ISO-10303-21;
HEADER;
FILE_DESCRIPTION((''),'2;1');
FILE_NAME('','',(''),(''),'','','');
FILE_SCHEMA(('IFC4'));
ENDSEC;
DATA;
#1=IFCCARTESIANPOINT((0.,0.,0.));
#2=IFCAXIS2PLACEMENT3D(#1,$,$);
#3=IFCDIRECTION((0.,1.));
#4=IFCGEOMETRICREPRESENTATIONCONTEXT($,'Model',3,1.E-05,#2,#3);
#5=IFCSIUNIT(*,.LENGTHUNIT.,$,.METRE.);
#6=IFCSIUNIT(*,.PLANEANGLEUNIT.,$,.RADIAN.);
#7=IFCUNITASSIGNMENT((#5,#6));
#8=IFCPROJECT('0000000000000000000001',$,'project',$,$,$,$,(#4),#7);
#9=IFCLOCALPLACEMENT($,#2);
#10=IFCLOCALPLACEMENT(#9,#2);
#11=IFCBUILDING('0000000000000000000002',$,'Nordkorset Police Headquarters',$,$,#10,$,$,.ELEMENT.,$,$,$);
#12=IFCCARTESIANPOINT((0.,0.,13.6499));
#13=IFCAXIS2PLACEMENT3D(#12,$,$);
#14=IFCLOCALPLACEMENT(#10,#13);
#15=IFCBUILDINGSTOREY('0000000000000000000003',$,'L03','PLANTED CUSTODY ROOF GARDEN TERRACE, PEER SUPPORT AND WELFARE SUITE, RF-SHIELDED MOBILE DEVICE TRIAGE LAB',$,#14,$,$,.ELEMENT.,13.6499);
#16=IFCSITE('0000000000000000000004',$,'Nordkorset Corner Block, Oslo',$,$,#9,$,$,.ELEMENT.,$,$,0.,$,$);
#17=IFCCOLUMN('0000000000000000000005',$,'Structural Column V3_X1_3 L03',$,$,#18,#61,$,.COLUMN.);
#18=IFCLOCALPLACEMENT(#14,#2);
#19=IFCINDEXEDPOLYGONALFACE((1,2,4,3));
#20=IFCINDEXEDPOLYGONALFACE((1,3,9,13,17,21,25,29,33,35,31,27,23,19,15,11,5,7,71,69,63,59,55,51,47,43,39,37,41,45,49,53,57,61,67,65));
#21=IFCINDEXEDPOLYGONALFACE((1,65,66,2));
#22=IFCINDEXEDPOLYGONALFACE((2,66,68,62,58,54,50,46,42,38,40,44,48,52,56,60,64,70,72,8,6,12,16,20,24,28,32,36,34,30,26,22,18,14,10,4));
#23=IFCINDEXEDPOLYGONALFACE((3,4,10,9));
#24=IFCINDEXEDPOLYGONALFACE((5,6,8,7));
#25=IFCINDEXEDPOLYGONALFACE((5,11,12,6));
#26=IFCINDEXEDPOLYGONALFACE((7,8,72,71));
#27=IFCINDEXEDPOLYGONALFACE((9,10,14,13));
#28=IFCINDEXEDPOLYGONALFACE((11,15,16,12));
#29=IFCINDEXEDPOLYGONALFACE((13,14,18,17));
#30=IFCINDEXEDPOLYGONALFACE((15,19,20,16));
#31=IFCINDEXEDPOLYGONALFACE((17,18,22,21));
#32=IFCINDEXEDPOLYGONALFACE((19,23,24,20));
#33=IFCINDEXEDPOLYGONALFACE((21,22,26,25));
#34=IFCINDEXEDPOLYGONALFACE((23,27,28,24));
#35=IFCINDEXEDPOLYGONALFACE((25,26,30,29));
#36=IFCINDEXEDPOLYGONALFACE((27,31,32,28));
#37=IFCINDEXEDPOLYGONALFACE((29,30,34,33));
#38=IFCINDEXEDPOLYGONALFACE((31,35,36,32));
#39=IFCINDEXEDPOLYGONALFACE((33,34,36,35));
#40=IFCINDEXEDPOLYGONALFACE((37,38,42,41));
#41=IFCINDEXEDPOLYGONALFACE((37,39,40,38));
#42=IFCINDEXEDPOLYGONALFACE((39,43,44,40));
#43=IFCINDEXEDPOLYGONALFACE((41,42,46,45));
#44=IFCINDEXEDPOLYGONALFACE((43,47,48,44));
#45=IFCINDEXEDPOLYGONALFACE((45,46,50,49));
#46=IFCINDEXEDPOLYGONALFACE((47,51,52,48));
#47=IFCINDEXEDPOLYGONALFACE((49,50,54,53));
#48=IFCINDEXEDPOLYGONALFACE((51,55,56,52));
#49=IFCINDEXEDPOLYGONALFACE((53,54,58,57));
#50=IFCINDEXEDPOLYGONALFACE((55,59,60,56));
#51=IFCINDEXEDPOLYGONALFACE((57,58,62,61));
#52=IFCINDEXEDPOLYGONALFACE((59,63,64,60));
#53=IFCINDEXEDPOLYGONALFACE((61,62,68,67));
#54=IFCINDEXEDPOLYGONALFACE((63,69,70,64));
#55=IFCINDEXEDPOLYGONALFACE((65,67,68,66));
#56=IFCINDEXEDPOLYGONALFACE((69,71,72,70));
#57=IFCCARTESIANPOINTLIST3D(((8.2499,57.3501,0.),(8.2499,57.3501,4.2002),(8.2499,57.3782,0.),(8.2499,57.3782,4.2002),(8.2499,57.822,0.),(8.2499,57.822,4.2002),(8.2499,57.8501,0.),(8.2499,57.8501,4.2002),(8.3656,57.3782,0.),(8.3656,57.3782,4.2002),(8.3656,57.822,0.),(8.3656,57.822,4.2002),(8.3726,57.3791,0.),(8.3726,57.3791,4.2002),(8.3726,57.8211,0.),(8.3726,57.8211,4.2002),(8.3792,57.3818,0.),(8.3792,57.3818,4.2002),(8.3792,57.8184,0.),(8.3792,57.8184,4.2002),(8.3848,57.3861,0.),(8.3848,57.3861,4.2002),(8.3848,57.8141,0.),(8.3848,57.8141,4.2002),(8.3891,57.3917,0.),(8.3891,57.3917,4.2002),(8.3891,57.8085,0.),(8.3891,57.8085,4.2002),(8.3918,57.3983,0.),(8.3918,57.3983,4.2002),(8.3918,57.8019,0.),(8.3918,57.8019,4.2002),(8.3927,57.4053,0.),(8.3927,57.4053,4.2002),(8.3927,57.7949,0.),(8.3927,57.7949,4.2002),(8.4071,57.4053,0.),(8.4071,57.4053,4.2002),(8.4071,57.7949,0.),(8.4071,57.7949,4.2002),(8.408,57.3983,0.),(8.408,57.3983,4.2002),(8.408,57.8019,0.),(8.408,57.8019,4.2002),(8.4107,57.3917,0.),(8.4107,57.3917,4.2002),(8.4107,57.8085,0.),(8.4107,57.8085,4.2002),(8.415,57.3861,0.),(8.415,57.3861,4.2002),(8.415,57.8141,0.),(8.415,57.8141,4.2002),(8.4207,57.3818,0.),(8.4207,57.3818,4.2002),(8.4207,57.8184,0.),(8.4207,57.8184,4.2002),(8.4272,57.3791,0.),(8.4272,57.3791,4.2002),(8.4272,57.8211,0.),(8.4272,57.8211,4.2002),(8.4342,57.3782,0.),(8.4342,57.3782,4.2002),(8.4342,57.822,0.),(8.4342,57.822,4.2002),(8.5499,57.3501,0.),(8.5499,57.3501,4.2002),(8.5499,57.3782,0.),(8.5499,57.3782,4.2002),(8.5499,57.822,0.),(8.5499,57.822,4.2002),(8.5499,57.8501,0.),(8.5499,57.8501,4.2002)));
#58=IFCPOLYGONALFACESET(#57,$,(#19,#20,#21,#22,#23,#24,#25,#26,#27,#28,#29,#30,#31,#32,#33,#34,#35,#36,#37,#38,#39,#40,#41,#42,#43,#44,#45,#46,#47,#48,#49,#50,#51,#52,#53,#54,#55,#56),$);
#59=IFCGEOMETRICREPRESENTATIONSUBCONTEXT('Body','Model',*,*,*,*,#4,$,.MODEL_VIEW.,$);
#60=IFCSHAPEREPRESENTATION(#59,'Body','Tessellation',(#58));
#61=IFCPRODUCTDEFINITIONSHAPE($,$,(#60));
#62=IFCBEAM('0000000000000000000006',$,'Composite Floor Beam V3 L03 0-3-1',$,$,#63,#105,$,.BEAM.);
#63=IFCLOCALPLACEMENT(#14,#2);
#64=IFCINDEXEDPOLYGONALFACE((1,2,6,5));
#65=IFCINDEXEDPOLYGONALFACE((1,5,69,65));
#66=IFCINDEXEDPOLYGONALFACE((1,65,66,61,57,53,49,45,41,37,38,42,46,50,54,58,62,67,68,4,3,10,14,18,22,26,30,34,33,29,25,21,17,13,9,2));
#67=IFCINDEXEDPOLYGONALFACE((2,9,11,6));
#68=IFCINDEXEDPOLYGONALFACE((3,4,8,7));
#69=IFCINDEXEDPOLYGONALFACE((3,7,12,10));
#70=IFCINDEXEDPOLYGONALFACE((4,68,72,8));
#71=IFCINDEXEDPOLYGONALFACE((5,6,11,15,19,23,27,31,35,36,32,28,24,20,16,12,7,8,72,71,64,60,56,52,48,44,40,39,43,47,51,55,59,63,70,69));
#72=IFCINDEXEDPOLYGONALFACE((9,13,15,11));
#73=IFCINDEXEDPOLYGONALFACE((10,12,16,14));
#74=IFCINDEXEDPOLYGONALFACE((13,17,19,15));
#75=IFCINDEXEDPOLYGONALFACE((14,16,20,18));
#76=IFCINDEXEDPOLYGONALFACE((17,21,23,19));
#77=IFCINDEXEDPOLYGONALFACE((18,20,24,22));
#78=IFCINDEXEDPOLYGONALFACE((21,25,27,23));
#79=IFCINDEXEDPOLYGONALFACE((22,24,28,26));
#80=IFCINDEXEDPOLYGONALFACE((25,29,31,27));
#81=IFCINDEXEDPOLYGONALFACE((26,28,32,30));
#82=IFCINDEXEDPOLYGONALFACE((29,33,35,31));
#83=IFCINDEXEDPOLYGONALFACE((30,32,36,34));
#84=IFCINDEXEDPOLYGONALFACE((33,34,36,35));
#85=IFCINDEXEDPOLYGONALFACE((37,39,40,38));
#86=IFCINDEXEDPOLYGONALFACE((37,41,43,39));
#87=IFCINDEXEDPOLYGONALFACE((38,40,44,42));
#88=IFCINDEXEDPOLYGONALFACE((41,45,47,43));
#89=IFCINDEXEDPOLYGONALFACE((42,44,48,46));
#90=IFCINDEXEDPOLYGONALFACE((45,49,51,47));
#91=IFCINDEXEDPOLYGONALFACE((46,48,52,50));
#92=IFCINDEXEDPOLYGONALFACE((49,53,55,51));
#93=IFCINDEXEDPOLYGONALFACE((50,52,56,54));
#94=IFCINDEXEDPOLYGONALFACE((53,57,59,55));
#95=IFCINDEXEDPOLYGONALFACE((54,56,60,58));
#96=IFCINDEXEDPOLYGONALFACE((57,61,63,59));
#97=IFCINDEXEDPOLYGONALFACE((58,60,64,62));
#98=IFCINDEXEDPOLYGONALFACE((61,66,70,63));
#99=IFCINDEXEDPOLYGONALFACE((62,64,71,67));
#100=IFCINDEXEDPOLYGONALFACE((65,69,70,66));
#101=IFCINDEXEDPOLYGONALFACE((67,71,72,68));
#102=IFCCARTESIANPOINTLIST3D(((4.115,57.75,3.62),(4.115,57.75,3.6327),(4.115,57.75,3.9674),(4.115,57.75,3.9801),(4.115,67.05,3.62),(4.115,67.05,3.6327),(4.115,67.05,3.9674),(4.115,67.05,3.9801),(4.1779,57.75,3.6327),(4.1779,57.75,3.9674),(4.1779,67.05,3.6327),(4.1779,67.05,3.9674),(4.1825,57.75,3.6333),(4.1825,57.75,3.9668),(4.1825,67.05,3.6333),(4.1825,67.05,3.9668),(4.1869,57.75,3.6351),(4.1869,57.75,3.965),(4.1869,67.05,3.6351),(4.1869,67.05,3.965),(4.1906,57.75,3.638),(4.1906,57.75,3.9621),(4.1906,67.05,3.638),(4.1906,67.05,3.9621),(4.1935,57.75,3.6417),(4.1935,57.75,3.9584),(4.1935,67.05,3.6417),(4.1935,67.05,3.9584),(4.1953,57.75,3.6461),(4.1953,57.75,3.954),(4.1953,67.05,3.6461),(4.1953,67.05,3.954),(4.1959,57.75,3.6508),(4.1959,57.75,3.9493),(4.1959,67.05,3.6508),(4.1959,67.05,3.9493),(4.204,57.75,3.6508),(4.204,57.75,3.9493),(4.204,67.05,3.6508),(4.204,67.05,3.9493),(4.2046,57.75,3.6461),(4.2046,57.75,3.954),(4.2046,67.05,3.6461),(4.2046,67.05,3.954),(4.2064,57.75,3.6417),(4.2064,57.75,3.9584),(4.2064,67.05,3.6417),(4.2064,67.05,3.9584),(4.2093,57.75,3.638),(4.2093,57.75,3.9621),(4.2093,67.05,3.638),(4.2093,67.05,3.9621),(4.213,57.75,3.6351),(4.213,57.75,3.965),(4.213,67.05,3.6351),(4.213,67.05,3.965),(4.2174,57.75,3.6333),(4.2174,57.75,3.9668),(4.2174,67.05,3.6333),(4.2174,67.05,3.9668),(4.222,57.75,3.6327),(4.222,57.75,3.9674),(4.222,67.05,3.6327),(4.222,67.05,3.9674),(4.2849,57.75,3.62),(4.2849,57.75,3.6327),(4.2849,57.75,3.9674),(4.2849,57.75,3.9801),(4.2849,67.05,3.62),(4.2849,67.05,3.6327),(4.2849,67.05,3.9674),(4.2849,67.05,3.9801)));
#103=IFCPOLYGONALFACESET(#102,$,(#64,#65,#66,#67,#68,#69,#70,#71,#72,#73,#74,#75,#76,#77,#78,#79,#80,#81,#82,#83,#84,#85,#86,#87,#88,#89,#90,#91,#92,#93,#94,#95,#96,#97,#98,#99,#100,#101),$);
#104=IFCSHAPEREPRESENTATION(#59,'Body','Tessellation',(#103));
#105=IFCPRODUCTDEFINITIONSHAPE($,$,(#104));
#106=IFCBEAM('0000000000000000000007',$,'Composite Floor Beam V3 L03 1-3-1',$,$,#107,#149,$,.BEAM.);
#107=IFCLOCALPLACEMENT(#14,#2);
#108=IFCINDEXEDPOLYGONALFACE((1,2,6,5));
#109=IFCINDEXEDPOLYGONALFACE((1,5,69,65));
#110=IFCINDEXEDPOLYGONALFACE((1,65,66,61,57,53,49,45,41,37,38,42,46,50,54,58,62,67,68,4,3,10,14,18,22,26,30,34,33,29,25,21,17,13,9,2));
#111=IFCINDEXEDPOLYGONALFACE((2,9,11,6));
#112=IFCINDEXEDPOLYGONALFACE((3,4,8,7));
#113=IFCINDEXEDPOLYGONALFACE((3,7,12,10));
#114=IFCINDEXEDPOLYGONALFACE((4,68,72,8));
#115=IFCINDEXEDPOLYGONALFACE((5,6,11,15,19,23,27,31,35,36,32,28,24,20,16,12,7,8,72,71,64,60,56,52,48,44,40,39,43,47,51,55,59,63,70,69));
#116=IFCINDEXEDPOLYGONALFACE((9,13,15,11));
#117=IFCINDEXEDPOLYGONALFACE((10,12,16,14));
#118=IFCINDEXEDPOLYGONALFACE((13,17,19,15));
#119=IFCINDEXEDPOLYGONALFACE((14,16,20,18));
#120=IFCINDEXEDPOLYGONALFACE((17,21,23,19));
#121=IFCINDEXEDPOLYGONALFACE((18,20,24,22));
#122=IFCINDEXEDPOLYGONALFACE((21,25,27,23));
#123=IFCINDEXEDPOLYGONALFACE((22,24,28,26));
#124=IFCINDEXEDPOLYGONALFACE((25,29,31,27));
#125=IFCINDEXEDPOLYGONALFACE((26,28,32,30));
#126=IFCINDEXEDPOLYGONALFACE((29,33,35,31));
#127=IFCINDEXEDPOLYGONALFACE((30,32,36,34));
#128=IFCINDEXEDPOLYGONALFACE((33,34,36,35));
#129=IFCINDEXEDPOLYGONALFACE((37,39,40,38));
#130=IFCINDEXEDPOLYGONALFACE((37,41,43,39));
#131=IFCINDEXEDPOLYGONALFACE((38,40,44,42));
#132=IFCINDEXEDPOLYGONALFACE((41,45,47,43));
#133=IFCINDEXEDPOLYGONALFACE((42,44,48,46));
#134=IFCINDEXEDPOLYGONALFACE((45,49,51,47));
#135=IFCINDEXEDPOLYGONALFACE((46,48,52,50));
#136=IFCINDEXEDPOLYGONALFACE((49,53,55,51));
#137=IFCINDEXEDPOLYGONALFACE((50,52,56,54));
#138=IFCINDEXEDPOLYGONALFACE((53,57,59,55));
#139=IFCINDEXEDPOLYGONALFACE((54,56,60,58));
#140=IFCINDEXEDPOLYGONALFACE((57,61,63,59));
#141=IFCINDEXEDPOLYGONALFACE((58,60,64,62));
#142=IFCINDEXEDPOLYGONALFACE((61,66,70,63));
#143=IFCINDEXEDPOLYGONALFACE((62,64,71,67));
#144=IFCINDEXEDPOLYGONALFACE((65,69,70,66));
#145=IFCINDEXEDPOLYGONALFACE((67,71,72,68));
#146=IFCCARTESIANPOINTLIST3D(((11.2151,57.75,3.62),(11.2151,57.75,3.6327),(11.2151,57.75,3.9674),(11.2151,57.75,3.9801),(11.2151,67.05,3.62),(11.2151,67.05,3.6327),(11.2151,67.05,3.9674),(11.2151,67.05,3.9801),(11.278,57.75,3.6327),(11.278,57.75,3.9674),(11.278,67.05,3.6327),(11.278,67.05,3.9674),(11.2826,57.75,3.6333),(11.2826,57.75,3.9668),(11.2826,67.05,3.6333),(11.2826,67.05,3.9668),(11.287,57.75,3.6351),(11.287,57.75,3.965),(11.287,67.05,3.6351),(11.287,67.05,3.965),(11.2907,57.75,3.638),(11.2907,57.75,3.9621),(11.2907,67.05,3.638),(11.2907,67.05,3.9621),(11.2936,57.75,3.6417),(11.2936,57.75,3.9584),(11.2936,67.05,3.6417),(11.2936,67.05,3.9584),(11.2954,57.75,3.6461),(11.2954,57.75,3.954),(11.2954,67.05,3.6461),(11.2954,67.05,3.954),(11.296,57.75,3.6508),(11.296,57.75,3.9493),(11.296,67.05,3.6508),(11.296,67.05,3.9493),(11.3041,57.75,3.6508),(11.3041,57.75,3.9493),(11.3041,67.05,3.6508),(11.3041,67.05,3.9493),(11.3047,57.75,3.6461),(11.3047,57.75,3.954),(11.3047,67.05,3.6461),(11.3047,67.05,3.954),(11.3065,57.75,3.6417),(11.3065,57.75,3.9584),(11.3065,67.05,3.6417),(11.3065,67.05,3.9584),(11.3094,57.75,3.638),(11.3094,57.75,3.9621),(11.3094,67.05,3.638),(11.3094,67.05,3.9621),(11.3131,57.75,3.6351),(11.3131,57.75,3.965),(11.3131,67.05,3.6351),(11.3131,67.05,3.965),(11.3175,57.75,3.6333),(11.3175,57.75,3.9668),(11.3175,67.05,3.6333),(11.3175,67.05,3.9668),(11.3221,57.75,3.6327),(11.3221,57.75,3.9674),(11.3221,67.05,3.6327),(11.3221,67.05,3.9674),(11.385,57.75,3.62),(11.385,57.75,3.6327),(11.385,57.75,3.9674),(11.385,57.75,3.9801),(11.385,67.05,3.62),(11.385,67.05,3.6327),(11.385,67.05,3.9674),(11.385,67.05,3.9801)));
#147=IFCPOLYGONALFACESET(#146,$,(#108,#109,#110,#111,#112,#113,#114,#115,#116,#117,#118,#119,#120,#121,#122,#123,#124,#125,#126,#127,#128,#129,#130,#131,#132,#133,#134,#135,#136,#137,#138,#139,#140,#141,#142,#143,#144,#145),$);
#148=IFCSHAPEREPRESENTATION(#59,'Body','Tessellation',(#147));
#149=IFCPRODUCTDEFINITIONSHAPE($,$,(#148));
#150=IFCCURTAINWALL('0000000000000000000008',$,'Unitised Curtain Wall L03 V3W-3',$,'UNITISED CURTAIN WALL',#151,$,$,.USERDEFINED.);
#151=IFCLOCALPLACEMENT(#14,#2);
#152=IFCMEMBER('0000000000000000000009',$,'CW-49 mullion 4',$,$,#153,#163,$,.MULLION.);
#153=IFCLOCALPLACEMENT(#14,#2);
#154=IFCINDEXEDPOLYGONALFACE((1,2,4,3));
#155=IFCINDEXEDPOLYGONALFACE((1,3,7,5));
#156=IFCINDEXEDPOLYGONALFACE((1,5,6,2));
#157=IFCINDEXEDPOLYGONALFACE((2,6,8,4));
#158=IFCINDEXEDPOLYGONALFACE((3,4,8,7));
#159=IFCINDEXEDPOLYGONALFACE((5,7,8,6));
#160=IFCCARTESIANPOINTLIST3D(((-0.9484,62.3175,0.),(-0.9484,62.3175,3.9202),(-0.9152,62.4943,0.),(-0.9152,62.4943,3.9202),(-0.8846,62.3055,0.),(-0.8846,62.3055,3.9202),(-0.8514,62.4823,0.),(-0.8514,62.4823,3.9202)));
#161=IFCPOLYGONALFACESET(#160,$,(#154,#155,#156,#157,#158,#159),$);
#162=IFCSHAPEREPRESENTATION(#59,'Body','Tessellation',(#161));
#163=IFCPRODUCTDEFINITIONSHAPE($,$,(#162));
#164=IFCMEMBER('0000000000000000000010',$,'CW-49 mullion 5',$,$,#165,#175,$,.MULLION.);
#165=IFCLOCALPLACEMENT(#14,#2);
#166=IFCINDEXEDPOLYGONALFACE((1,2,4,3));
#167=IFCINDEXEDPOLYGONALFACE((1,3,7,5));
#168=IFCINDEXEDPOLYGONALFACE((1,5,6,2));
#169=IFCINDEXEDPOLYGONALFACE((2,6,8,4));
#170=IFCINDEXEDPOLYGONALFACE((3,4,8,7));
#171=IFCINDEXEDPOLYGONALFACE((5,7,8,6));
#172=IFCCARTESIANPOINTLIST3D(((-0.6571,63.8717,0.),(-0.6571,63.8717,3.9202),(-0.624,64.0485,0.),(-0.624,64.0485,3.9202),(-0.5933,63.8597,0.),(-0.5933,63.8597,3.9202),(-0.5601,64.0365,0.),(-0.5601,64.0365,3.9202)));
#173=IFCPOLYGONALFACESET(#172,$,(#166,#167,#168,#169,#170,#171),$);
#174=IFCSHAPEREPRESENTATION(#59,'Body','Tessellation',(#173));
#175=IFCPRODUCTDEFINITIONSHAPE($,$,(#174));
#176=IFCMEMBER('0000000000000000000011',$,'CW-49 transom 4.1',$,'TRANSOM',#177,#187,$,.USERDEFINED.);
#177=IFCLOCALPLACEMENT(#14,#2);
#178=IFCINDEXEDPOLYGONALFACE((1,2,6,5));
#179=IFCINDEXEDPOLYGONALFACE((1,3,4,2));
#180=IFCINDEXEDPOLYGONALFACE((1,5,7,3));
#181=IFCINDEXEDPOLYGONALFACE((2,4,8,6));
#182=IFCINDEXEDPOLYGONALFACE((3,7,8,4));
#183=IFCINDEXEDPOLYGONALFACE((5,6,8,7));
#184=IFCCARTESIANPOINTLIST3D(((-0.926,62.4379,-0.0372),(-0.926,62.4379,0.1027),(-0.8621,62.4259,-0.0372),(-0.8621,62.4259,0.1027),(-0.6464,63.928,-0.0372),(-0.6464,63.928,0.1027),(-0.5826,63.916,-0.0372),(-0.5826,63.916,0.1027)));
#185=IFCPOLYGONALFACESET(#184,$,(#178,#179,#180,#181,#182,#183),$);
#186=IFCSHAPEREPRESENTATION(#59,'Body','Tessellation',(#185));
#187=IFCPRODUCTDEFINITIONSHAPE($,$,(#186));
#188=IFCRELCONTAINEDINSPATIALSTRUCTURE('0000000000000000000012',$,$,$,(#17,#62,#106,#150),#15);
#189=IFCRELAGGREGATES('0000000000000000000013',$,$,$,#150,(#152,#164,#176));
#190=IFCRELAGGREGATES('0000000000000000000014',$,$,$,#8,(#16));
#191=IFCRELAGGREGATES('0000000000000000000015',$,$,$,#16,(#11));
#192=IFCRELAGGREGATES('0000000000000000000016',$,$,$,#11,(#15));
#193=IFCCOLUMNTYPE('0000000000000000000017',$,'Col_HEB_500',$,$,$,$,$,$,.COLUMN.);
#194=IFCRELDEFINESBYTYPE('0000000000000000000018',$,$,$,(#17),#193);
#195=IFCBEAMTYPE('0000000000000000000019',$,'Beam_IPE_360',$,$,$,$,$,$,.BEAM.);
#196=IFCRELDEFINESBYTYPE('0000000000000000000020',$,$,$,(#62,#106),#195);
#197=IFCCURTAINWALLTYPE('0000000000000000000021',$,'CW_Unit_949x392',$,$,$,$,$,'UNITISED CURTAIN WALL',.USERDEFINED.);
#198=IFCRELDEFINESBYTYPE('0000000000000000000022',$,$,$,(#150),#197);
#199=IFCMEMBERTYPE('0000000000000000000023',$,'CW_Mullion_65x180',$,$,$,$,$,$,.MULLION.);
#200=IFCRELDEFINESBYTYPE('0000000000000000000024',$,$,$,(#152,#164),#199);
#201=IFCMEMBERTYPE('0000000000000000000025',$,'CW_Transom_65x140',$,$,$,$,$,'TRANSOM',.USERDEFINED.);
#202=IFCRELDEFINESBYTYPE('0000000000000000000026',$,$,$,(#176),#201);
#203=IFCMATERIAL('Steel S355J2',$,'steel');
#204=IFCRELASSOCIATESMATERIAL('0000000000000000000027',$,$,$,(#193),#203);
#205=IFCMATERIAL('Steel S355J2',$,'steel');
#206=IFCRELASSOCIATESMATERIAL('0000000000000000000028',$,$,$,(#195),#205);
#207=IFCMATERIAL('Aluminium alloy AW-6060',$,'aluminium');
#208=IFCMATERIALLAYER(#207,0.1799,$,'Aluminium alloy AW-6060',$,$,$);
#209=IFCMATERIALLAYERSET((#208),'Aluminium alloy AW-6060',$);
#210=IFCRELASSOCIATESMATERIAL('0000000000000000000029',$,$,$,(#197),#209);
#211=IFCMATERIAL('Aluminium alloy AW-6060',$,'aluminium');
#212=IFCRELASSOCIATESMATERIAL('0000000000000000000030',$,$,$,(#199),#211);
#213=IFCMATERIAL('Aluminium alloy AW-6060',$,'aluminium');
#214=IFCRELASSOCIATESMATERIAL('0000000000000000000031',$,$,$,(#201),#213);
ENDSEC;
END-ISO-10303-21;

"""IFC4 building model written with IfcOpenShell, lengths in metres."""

from ifc_helpers import new_model, si_unit, direction, frame, origin, origin_2d, place, context, subcontext, project, spatial, rectangle, i_section, extrude, material, layer, layer_set, material_profile, profile_set, type_object, element, aggregate, save


model = new_model("IFC4")

# Units and contexts
model_context = context("Model", 3, precision=1e-05, world=origin(), true_north=direction((0.0, 1.0)))
body_context = subcontext(model_context, "Body", "Model", "MODEL_VIEW")
ifc_project = project(units=[si_unit("LENGTHUNIT", "METRE"), si_unit("PLANEANGLEUNIT", "RADIAN")], contexts=[model_context])

# Site, building, storey
site_placement = place(None, origin())
site = spatial("IfcSite", under=ifc_project, at=site_placement, Name="Nordkorset Corner Block, Oslo", CompositionType="ELEMENT", RefElevation=0.0)
building_placement = place(site_placement, origin())
building = spatial("IfcBuilding", under=site, at=building_placement, Name="Nordkorset Police Headquarters", CompositionType="ELEMENT")
storey_placement = place(building_placement, frame((0.0, 0.0, 13.6499)))
storey = spatial("IfcBuildingStorey", under=building, at=storey_placement, Name="L03", Description="PLANTED CUSTODY ROOF GARDEN TERRACE, PEER SUPPORT AND WELFARE SUITE, RF-SHIELDED MOBILE DEVICE TRIAGE LAB", CompositionType="ELEMENT", Elevation=13.6499)

# Column
ifc_material_1 = material(Name="Steel S355J2", Category="steel")
ifc_material_profile_1 = material_profile(ifc_material_1, i_section(OverallWidth=0.3, OverallDepth=0.5, WebThickness=0.0144, FlangeThickness=0.0281, FilletRadius=0.0271, at=origin_2d()), Name="HEB 500")
ifc_profile_set_1 = profile_set([ifc_material_profile_1], Name="Steel S355J2")
column_type = type_object("IfcColumnType", Name="Col_HEB_500", PredefinedType="COLUMN", material=ifc_profile_set_1)
column_placement = place(storey_placement, frame((8.3999, 57.6001, 0.0), z_axis=(0.0, 0.0, 1.0), x_axis=(1.0, 0.0, 0.0)))
element("IfcColumn", 1, at=column_placement, inside=storey, type_object=column_type, Name="Structural Column V3_X1_3 L03", PredefinedType="COLUMN", context=body_context, shape_type="SweptSolid", body=[
    extrude(i_section(OverallWidth=0.3, OverallDepth=0.5, WebThickness=0.0144, FlangeThickness=0.0281, FilletRadius=0.0271, at=origin_2d()), origin(), (0.0, 0.0, 1.0), 4.2002),
])

# Beams
ifc_material_2 = material(Name="Steel S355J2", Category="steel")
ifc_material_profile_2 = material_profile(ifc_material_2, i_section(OverallWidth=0.1699, OverallDepth=0.3601, WebThickness=0.0081, FlangeThickness=0.0127, FilletRadius=0.0181, at=origin_2d()), Name="IPE 360")
ifc_profile_set_2 = profile_set([ifc_material_profile_2], Name="Steel S355J2")
beam_type_1 = type_object("IfcBeamType", Name="Beam_IPE_360", PredefinedType="BEAM", material=ifc_profile_set_2)
for number, where, z_axis, x_axis, name in (
    (2, (4.2, 57.75, 3.8), (0.0, 1.0, 0.0), (-1.0, 0.0, 0.0), "Composite Floor Beam V3 L03 0-3-1"),
    (3, (11.3, 57.75, 3.8), (0.0, 1.0, 0.0), (-1.0, 0.0, 0.0), "Composite Floor Beam V3 L03 1-3-1"),
):
    element("IfcBeam", number, at=place(storey_placement, frame(where, z_axis=z_axis, x_axis=x_axis)), inside=storey, type_object=beam_type_1, Name=name, PredefinedType="BEAM", context=body_context, shape_type="SweptSolid", body=[
        extrude(i_section(OverallWidth=0.1699, OverallDepth=0.3601, WebThickness=0.0081, FlangeThickness=0.0127, FilletRadius=0.0181, at=origin_2d()), origin(), (0.0, 0.0, 1.0), 9.3),
    ])

# Curtain wall, members
ifc_material_3 = material(Name="Aluminium alloy AW-6060", Category="aluminium")
ifc_layer_1 = layer(ifc_material_3, 0.1799, Name="Aluminium alloy AW-6060")
ifc_layer_set_1 = layer_set([ifc_layer_1], Name="Aluminium alloy AW-6060")
curtain_wall_type = type_object("IfcCurtainWallType", Name="CW_Unit_949x392", ElementType="UNITISED CURTAIN WALL", PredefinedType="USERDEFINED", material=ifc_layer_set_1)
curtain_wall_placement = place(storey_placement, origin())
curtain_wall = element("IfcCurtainWall", 4, at=curtain_wall_placement, inside=storey, type_object=curtain_wall_type, Name="Unitised Curtain Wall L03 V3W-3", ObjectType="UNITISED CURTAIN WALL", PredefinedType="USERDEFINED")
ifc_material_4 = material(Name="Aluminium alloy AW-6060", Category="aluminium")
ifc_material_profile_3 = material_profile(ifc_material_4, rectangle(XDim=0.0649, YDim=0.1799, at=origin_2d()), Name="ALU MULL 65x180")
ifc_profile_set_3 = profile_set([ifc_material_profile_3], Name="Aluminium alloy AW-6060")
member_type_1 = type_object("IfcMemberType", Name="CW_Mullion_65x180", PredefinedType="MULLION", material=ifc_profile_set_3)
member_1_placement = place(storey_placement, frame((-0.8999, 62.3999, 0.0), z_axis=(0.0, 0.0, 1.0), x_axis=(-0.982872, 0.184289, 0.0)))
member_1 = element("IfcMember", 5, at=member_1_placement, type_object=member_type_1, Name="CW-49 mullion 4", PredefinedType="MULLION", context=body_context, shape_type="SweptSolid", body=[
    extrude(rectangle(XDim=0.0649, YDim=0.1799, at=origin_2d()), origin(), (0.0, 0.0, 1.0), 3.9202),
])
member_2_placement = place(storey_placement, frame((-0.6086, 63.9541, 0.0), z_axis=(0.0, 0.0, 1.0), x_axis=(-0.982872, 0.184289, 0.0)))
member_2 = element("IfcMember", 6, at=member_2_placement, type_object=member_type_1, Name="CW-49 mullion 5", PredefinedType="MULLION", context=body_context, shape_type="SweptSolid", body=[
    extrude(rectangle(XDim=0.0649, YDim=0.1799, at=origin_2d()), origin(), (0.0, 0.0, 1.0), 3.9202),
])
ifc_material_5 = material(Name="Aluminium alloy AW-6060", Category="aluminium")
ifc_material_profile_4 = material_profile(ifc_material_5, rectangle(XDim=0.0649, YDim=0.1399, at=origin_2d()), Name="ALU TRAN 65x140")
ifc_profile_set_4 = profile_set([ifc_material_profile_4], Name="Aluminium alloy AW-6060")
member_type_2 = type_object("IfcMemberType", Name="CW_Transom_65x140", ElementType="TRANSOM", PredefinedType="USERDEFINED", material=ifc_profile_set_4)
member_3_placement = place(storey_placement, frame((-0.894, 62.4319, 0.0327), z_axis=(0.184366, 0.982858, 0.0), x_axis=(-0.982858, 0.184366, 0.0)))
member_3 = element("IfcMember", 7, at=member_3_placement, type_object=member_type_2, Name="CW-49 transom 4.1", ObjectType="TRANSOM", PredefinedType="USERDEFINED", context=body_context, shape_type="SweptSolid", body=[
    extrude(rectangle(XDim=0.0649, YDim=0.1399, at=origin_2d()), origin(), (0.0, 0.0, 1.0), 1.5161),
])

aggregate(curtain_wall, [member_1, member_2, member_3])

save(model, "model.ifc")
